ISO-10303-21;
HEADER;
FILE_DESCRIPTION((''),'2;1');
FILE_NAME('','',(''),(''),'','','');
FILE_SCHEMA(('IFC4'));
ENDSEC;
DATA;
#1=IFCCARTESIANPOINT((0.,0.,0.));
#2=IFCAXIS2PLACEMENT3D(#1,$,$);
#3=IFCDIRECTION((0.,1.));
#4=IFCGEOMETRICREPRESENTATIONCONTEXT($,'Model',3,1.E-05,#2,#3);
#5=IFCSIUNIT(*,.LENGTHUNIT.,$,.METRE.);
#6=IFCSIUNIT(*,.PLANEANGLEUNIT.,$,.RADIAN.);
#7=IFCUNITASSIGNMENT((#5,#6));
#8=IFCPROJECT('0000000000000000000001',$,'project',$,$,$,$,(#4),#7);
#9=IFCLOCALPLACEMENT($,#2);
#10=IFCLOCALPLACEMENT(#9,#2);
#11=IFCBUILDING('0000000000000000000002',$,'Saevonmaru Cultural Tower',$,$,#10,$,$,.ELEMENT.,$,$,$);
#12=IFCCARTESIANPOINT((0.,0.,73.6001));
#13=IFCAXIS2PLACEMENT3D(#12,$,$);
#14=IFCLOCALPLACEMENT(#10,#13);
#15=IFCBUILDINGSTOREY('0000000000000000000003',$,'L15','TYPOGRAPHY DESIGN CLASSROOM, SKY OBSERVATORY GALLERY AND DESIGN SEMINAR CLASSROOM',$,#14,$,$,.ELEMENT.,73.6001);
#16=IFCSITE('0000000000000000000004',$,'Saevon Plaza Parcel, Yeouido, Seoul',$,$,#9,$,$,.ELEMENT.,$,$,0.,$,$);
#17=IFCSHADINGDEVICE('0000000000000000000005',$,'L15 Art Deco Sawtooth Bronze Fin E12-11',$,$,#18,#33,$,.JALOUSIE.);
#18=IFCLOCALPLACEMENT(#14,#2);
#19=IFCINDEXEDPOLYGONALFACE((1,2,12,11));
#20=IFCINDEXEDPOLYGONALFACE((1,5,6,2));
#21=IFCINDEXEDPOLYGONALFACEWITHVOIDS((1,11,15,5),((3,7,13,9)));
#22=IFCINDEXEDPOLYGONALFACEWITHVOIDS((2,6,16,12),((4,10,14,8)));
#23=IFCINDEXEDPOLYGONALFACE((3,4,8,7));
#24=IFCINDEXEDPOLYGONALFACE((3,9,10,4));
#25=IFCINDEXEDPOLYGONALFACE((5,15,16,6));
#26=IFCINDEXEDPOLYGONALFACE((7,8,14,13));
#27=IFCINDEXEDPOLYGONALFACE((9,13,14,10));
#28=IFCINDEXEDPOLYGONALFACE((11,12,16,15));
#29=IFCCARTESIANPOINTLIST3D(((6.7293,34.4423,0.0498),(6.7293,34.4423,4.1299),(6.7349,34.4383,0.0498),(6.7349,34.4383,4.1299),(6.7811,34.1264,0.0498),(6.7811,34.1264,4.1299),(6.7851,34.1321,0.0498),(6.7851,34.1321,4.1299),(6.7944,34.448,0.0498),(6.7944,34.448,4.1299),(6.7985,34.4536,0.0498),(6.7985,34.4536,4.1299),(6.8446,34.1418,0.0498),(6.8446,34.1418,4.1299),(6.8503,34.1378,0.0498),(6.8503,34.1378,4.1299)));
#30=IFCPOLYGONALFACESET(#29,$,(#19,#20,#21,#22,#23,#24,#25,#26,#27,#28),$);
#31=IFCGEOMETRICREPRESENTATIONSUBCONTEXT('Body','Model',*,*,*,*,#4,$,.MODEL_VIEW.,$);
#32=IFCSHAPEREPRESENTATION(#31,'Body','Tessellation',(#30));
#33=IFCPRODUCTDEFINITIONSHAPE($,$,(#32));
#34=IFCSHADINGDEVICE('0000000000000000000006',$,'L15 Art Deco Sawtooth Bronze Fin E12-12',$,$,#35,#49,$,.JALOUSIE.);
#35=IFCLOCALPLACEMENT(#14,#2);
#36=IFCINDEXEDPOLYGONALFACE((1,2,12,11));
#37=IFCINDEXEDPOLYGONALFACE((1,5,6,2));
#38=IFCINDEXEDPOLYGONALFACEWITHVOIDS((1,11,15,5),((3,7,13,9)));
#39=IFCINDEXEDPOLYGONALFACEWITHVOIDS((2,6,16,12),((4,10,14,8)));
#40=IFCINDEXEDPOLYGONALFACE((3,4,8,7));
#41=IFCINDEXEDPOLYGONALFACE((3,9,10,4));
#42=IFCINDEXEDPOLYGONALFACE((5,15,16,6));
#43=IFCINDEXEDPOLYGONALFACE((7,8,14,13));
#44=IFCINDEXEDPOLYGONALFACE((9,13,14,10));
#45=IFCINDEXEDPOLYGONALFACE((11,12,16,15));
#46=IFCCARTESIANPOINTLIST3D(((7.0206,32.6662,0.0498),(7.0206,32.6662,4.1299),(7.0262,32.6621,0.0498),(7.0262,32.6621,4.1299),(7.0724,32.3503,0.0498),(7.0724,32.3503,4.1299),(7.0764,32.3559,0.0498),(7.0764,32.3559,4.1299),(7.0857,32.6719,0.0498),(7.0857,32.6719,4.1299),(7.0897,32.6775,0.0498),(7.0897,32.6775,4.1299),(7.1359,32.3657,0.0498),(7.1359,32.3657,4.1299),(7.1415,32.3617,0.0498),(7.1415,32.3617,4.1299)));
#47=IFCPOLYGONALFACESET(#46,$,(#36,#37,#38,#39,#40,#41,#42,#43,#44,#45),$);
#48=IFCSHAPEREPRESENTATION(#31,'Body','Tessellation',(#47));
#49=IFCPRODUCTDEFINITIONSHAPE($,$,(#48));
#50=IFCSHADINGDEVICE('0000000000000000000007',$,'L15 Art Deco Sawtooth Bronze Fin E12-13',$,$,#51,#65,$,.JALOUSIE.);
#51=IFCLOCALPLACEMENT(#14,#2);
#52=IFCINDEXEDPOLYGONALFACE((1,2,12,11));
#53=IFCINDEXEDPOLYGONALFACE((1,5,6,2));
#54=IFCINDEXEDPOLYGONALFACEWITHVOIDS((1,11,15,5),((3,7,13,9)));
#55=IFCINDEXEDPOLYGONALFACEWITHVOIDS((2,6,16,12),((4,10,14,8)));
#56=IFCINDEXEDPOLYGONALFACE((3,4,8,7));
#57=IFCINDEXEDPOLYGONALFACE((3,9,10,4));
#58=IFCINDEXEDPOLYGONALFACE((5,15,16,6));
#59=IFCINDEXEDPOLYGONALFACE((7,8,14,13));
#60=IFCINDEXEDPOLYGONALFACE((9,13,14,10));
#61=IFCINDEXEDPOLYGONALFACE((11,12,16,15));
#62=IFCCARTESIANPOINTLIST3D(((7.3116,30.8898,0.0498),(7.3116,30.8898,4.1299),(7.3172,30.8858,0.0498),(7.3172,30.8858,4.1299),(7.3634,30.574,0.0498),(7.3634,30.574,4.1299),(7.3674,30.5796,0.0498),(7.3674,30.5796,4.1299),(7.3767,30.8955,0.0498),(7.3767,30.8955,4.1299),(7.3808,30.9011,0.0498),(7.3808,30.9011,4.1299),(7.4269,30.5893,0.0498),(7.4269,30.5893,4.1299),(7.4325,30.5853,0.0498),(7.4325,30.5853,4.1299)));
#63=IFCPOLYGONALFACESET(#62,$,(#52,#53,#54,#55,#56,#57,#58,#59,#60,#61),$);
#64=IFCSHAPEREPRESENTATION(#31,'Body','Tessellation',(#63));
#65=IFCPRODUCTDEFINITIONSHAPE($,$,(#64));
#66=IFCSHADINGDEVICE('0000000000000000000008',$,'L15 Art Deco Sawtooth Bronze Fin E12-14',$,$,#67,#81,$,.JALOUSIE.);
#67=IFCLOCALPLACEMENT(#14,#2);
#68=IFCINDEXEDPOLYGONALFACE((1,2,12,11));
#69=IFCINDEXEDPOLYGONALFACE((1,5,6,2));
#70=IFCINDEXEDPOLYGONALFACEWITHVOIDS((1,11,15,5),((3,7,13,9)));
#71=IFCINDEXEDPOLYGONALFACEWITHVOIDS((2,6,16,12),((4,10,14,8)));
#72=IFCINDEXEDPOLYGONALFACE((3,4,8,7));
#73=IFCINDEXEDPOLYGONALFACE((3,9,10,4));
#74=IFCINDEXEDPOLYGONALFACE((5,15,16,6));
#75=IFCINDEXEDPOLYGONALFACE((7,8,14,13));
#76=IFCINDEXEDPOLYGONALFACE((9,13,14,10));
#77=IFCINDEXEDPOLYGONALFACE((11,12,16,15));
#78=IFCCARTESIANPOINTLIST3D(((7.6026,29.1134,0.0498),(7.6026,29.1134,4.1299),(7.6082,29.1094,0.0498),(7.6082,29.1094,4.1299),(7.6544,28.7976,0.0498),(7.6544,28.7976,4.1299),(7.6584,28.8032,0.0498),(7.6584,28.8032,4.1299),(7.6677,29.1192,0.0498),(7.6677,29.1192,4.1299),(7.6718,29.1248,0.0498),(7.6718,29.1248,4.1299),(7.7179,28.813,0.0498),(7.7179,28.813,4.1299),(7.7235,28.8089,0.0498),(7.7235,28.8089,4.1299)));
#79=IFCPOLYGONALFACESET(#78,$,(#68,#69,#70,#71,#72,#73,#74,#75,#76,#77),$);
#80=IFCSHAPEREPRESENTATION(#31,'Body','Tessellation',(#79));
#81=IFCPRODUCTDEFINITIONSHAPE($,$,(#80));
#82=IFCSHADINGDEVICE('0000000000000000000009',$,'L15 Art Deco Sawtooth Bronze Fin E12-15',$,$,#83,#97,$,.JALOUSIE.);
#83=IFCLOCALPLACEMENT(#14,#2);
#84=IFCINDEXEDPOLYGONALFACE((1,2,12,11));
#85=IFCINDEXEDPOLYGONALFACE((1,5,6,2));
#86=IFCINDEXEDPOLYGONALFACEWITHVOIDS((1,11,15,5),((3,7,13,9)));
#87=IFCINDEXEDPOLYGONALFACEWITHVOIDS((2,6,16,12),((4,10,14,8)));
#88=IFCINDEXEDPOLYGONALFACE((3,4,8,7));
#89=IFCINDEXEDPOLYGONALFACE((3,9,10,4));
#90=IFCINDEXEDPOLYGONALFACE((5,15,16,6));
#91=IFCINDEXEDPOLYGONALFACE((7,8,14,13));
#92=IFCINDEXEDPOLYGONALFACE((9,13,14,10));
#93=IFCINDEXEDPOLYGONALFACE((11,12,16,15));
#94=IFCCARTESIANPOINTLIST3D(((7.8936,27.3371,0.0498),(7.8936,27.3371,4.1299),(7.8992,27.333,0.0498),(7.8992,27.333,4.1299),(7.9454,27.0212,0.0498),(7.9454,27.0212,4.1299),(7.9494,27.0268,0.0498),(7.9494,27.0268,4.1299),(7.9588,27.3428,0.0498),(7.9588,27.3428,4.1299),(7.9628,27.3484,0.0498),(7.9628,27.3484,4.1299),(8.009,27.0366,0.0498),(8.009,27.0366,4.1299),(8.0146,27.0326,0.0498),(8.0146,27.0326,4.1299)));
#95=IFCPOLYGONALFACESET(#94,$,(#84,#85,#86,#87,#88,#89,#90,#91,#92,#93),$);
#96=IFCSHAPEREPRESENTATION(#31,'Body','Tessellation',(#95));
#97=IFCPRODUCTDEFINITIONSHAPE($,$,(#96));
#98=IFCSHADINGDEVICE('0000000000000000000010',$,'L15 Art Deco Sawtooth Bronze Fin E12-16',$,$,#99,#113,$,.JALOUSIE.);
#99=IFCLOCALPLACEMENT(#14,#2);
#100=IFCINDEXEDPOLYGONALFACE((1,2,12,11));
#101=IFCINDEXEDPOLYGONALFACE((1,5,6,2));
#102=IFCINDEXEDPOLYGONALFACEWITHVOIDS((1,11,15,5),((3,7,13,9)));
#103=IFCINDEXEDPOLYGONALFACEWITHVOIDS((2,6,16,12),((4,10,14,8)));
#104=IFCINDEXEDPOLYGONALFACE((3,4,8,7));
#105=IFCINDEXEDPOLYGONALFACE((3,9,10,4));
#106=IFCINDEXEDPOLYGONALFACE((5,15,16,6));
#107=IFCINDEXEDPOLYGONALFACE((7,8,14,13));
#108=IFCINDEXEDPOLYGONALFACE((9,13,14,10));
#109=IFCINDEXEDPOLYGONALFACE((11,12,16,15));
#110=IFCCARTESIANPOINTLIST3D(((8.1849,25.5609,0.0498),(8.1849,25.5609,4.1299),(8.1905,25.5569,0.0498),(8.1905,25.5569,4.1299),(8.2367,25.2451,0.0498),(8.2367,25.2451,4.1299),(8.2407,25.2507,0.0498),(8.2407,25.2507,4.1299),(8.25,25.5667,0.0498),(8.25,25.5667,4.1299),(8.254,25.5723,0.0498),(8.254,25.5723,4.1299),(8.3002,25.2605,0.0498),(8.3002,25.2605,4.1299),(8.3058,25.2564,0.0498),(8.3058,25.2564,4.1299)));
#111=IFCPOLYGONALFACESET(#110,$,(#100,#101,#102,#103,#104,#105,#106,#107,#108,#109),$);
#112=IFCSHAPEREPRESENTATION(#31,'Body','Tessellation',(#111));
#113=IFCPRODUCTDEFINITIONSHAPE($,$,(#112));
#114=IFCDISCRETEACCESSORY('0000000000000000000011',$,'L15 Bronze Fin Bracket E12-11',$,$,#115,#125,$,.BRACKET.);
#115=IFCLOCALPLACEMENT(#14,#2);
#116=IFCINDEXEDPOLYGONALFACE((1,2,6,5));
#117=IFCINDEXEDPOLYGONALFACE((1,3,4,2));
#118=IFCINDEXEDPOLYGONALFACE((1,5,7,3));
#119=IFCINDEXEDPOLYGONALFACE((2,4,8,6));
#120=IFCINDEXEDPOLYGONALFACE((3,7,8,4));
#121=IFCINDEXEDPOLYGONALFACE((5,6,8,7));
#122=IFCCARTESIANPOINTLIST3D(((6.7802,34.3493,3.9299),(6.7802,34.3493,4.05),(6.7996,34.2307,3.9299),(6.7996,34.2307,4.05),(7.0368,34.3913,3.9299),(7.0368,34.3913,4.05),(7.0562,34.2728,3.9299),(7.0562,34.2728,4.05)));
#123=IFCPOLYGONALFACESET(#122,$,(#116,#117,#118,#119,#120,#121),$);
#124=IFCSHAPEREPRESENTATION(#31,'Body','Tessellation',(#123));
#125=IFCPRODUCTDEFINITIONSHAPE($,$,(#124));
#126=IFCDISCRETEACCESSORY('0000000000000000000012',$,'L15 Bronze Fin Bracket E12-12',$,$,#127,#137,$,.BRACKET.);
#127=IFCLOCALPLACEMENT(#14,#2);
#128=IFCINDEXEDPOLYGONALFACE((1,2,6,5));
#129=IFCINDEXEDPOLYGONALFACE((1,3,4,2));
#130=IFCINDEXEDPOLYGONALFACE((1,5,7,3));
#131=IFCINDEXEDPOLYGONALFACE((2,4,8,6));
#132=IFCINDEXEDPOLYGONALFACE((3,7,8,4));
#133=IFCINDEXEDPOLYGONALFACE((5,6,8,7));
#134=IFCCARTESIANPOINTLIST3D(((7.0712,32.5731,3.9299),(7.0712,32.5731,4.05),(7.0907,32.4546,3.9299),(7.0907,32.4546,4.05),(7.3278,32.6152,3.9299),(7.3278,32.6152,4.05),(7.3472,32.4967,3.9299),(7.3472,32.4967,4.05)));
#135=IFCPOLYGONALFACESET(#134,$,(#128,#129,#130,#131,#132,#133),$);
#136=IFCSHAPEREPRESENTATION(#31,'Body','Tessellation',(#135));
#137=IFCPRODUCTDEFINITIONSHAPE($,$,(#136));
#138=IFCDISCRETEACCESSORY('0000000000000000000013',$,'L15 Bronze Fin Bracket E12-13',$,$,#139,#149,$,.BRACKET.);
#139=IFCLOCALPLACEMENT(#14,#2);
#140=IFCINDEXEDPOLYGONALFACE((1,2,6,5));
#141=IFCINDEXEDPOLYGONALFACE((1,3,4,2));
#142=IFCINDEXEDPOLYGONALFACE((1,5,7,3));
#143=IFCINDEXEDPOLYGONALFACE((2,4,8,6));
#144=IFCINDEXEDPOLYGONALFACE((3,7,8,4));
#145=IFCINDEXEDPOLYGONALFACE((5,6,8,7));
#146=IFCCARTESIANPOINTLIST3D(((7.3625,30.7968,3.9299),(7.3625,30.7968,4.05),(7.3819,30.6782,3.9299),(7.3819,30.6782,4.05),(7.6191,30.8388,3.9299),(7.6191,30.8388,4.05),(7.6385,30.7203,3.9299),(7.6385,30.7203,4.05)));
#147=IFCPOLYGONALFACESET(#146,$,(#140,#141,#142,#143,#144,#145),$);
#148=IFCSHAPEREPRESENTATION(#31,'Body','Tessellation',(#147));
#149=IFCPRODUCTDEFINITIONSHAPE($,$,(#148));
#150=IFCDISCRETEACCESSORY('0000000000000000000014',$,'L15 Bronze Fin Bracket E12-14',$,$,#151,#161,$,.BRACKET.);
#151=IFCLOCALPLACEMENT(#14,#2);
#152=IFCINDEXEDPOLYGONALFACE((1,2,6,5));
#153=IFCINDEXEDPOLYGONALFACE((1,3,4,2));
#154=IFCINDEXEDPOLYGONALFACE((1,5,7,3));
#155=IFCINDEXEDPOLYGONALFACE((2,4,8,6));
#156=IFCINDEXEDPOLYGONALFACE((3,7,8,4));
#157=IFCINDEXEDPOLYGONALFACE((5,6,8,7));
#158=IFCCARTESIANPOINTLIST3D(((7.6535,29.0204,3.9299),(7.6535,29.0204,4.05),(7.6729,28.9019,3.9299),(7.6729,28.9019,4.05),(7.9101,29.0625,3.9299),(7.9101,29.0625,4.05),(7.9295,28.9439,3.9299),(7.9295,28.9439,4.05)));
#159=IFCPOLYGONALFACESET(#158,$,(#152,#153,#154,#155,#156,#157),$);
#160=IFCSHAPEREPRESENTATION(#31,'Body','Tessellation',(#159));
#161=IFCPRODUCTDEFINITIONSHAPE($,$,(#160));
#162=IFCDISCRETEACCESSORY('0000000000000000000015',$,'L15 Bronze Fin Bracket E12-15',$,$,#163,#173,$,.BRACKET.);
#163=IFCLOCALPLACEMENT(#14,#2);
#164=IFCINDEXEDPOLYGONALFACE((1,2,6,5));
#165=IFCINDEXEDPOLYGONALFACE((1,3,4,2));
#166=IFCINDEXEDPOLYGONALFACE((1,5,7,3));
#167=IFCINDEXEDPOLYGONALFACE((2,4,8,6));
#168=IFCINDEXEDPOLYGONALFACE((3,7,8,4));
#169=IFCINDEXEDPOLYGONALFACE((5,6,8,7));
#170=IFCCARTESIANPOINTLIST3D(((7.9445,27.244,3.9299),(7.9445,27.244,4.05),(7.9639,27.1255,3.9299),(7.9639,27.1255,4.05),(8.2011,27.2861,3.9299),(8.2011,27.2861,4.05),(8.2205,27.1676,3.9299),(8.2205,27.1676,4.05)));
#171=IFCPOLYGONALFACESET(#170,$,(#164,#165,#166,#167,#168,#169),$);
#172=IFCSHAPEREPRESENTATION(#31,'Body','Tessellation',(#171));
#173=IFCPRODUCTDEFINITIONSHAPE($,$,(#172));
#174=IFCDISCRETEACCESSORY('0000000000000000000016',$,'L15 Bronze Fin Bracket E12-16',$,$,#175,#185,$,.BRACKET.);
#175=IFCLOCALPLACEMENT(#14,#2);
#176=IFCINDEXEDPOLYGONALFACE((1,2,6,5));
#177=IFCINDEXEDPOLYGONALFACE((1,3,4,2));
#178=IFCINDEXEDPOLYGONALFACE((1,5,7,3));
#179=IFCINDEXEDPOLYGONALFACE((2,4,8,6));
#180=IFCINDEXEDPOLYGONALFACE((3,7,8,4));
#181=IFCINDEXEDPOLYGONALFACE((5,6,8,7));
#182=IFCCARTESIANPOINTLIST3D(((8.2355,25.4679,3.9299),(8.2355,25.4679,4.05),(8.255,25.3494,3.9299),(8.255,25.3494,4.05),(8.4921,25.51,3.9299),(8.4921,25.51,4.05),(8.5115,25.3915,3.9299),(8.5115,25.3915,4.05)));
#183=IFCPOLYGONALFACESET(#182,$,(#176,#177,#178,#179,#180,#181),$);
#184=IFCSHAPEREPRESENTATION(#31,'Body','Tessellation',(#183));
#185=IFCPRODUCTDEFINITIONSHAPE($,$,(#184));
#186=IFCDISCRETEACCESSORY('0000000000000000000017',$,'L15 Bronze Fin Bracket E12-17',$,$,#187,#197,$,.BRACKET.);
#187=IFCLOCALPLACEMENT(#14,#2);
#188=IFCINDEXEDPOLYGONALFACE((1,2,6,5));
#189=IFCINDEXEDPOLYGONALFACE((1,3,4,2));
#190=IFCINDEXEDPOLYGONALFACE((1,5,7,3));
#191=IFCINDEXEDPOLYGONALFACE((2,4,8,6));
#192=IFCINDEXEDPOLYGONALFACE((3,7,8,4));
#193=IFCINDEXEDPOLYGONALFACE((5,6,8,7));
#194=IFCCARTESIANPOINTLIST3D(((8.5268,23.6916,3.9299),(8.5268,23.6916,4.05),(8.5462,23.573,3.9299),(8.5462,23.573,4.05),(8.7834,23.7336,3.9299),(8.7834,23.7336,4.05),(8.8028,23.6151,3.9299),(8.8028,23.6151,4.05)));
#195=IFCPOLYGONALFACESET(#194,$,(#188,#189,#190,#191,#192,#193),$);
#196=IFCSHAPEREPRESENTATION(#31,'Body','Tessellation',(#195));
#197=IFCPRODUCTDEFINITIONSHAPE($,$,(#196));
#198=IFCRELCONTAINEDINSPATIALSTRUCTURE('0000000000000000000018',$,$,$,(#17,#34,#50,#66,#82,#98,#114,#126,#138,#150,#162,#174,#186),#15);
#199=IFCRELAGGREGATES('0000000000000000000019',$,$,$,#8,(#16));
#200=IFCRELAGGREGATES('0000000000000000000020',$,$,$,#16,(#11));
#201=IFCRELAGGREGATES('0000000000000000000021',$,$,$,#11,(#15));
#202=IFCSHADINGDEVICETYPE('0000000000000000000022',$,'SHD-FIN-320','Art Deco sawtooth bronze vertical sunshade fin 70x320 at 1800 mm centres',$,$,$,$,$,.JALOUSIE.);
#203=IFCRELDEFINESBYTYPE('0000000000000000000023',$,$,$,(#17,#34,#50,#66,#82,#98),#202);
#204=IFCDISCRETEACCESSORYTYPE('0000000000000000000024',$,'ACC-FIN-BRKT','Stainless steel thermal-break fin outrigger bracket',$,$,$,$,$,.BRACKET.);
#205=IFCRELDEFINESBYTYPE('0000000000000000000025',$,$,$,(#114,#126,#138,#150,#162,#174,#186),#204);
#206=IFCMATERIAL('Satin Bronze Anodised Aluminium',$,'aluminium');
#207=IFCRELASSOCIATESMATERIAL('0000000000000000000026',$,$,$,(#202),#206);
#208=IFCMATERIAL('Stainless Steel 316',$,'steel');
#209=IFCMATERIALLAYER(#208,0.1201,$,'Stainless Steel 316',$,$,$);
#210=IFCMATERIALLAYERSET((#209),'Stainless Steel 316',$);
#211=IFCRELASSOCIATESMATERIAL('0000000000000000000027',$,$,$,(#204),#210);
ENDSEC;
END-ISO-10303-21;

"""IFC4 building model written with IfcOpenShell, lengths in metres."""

from ifc_helpers import new_model, si_unit, direction, frame, origin, origin_2d, place, context, subcontext, project, spatial, rectangle, hollow_rectangle, extrude, material, layer, layer_set, material_profile, profile_set, type_object, element, save


model = new_model("IFC4")

# Units and contexts
model_context = context("Model", 3, precision=1e-05, world=origin(), true_north=direction((0.0, 1.0)))
body_context = subcontext(model_context, "Body", "Model", "MODEL_VIEW")
ifc_project = project(units=[si_unit("LENGTHUNIT", "METRE"), si_unit("PLANEANGLEUNIT", "RADIAN")], contexts=[model_context])

# Site, building, storey
site_placement = place(None, origin())
site = spatial("IfcSite", under=ifc_project, at=site_placement, Name="Saevon Plaza Parcel, Yeouido, Seoul", CompositionType="ELEMENT", RefElevation=0.0)
building_placement = place(site_placement, origin())
building = spatial("IfcBuilding", under=site, at=building_placement, Name="Saevonmaru Cultural Tower", CompositionType="ELEMENT")
storey_placement = place(building_placement, frame((0.0, 0.0, 73.6001)))
storey = spatial("IfcBuildingStorey", under=building, at=storey_placement, Name="L15", Description="TYPOGRAPHY DESIGN CLASSROOM, SKY OBSERVATORY GALLERY AND DESIGN SEMINAR CLASSROOM", CompositionType="ELEMENT", Elevation=73.6001)

# Shared definitions
ifc_material_1 = material(Name="Satin Bronze Anodised Aluminium", Category="aluminium")

# Shading devices
ifc_material_profile_1 = material_profile(ifc_material_1, hollow_rectangle(XDim=0.0701, YDim=0.3201, WallThickness=0.0049, at=origin_2d()), Name="FIN-320x70")
ifc_profile_set_1 = profile_set([ifc_material_profile_1], Name="Satin Bronze Anodised Aluminium")
shading_device_type = type_object("IfcShadingDeviceType", Name="SHD-FIN-320", Description="Art Deco sawtooth bronze vertical sunshade fin 70x320 at 1800 mm centres", PredefinedType="JALOUSIE", material=ifc_profile_set_1)
for number, where, z_axis, x_axis, name in (
    (1, (6.7898, 34.29, 0.0498), (0.0, 0.0, 1.0), (-0.986827, -0.161776, 0.0), "L15 Art Deco Sawtooth Bronze Fin E12-11"),
    (2, (7.0811, 32.5139, 0.0498), (0.0, 0.0, 1.0), (-0.986827, -0.161776, 0.0), "L15 Art Deco Sawtooth Bronze Fin E12-12"),
    (3, (7.3721, 30.7375, 0.0498), (0.0, 0.0, 1.0), (-0.986827, -0.161776, 0.0), "L15 Art Deco Sawtooth Bronze Fin E12-13"),
    (4, (7.6631, 28.9612, 0.0498), (0.0, 0.0, 1.0), (-0.986827, -0.161776, 0.0), "L15 Art Deco Sawtooth Bronze Fin E12-14"),
    (5, (7.9541, 27.1848, 0.0498), (0.0, 0.0, 1.0), (-0.986827, -0.161776, 0.0), "L15 Art Deco Sawtooth Bronze Fin E12-15"),
    (6, (8.2454, 25.4087, 0.0498), (0.0, 0.0, 1.0), (-0.986827, -0.161776, 0.0), "L15 Art Deco Sawtooth Bronze Fin E12-16"),
):
    element("IfcShadingDevice", number, at=place(storey_placement, frame(where, z_axis=z_axis, x_axis=x_axis)), inside=storey, type_object=shading_device_type, Name=name, PredefinedType="JALOUSIE", context=body_context, shape_type="SweptSolid", body=[
        extrude(hollow_rectangle(XDim=0.0701, YDim=0.3201, WallThickness=0.0049, at=origin_2d()), origin(), (0.0, 0.0, 1.0), 4.0801),
    ])

# Discrete accessories
ifc_material_2 = material(Name="Stainless Steel 316", Category="steel")
ifc_layer_1 = layer(ifc_material_2, 0.1201, Name="Stainless Steel 316")
ifc_layer_set_1 = layer_set([ifc_layer_1], Name="Stainless Steel 316")
discrete_accessory_type = type_object("IfcDiscreteAccessoryType", Name="ACC-FIN-BRKT", Description="Stainless steel thermal-break fin outrigger bracket", PredefinedType="BRACKET", material=ifc_layer_set_1)
for number, where, z_axis, x_axis, name in (
    (7, (6.9182, 34.311, 3.9299), (0.0, 0.0, 1.0), (-0.986827, -0.161776, 0.0), "L15 Bronze Fin Bracket E12-11"),
    (8, (7.2092, 32.5349, 3.9299), (0.0, 0.0, 1.0), (-0.986827, -0.161776, 0.0), "L15 Bronze Fin Bracket E12-12"),
    (9, (7.5005, 30.7585, 3.9299), (0.0, 0.0, 1.0), (-0.986827, -0.161776, 0.0), "L15 Bronze Fin Bracket E12-13"),
    (10, (7.7915, 28.9822, 3.9299), (0.0, 0.0, 1.0), (-0.986827, -0.161776, 0.0), "L15 Bronze Fin Bracket E12-14"),
    (11, (8.0825, 27.2058, 3.9299), (0.0, 0.0, 1.0), (-0.986827, -0.161776, 0.0), "L15 Bronze Fin Bracket E12-15"),
    (12, (8.3735, 25.4297, 3.9299), (0.0, 0.0, 1.0), (-0.986827, -0.161776, 0.0), "L15 Bronze Fin Bracket E12-16"),
    (13, (8.6648, 23.6533, 3.9299), (0.0, 0.0, 1.0), (-0.986827, -0.161776, 0.0), "L15 Bronze Fin Bracket E12-17"),
):
    element("IfcDiscreteAccessory", number, at=place(storey_placement, frame(where, z_axis=z_axis, x_axis=x_axis)), inside=storey, type_object=discrete_accessory_type, Name=name, PredefinedType="BRACKET", context=body_context, shape_type="SweptSolid", body=[
        extrude(rectangle(XDim=0.26, YDim=0.1201, at=origin_2d()), origin(), (0.0, 0.0, 1.0), 0.1201),
    ])

save(model, "model.ifc")
